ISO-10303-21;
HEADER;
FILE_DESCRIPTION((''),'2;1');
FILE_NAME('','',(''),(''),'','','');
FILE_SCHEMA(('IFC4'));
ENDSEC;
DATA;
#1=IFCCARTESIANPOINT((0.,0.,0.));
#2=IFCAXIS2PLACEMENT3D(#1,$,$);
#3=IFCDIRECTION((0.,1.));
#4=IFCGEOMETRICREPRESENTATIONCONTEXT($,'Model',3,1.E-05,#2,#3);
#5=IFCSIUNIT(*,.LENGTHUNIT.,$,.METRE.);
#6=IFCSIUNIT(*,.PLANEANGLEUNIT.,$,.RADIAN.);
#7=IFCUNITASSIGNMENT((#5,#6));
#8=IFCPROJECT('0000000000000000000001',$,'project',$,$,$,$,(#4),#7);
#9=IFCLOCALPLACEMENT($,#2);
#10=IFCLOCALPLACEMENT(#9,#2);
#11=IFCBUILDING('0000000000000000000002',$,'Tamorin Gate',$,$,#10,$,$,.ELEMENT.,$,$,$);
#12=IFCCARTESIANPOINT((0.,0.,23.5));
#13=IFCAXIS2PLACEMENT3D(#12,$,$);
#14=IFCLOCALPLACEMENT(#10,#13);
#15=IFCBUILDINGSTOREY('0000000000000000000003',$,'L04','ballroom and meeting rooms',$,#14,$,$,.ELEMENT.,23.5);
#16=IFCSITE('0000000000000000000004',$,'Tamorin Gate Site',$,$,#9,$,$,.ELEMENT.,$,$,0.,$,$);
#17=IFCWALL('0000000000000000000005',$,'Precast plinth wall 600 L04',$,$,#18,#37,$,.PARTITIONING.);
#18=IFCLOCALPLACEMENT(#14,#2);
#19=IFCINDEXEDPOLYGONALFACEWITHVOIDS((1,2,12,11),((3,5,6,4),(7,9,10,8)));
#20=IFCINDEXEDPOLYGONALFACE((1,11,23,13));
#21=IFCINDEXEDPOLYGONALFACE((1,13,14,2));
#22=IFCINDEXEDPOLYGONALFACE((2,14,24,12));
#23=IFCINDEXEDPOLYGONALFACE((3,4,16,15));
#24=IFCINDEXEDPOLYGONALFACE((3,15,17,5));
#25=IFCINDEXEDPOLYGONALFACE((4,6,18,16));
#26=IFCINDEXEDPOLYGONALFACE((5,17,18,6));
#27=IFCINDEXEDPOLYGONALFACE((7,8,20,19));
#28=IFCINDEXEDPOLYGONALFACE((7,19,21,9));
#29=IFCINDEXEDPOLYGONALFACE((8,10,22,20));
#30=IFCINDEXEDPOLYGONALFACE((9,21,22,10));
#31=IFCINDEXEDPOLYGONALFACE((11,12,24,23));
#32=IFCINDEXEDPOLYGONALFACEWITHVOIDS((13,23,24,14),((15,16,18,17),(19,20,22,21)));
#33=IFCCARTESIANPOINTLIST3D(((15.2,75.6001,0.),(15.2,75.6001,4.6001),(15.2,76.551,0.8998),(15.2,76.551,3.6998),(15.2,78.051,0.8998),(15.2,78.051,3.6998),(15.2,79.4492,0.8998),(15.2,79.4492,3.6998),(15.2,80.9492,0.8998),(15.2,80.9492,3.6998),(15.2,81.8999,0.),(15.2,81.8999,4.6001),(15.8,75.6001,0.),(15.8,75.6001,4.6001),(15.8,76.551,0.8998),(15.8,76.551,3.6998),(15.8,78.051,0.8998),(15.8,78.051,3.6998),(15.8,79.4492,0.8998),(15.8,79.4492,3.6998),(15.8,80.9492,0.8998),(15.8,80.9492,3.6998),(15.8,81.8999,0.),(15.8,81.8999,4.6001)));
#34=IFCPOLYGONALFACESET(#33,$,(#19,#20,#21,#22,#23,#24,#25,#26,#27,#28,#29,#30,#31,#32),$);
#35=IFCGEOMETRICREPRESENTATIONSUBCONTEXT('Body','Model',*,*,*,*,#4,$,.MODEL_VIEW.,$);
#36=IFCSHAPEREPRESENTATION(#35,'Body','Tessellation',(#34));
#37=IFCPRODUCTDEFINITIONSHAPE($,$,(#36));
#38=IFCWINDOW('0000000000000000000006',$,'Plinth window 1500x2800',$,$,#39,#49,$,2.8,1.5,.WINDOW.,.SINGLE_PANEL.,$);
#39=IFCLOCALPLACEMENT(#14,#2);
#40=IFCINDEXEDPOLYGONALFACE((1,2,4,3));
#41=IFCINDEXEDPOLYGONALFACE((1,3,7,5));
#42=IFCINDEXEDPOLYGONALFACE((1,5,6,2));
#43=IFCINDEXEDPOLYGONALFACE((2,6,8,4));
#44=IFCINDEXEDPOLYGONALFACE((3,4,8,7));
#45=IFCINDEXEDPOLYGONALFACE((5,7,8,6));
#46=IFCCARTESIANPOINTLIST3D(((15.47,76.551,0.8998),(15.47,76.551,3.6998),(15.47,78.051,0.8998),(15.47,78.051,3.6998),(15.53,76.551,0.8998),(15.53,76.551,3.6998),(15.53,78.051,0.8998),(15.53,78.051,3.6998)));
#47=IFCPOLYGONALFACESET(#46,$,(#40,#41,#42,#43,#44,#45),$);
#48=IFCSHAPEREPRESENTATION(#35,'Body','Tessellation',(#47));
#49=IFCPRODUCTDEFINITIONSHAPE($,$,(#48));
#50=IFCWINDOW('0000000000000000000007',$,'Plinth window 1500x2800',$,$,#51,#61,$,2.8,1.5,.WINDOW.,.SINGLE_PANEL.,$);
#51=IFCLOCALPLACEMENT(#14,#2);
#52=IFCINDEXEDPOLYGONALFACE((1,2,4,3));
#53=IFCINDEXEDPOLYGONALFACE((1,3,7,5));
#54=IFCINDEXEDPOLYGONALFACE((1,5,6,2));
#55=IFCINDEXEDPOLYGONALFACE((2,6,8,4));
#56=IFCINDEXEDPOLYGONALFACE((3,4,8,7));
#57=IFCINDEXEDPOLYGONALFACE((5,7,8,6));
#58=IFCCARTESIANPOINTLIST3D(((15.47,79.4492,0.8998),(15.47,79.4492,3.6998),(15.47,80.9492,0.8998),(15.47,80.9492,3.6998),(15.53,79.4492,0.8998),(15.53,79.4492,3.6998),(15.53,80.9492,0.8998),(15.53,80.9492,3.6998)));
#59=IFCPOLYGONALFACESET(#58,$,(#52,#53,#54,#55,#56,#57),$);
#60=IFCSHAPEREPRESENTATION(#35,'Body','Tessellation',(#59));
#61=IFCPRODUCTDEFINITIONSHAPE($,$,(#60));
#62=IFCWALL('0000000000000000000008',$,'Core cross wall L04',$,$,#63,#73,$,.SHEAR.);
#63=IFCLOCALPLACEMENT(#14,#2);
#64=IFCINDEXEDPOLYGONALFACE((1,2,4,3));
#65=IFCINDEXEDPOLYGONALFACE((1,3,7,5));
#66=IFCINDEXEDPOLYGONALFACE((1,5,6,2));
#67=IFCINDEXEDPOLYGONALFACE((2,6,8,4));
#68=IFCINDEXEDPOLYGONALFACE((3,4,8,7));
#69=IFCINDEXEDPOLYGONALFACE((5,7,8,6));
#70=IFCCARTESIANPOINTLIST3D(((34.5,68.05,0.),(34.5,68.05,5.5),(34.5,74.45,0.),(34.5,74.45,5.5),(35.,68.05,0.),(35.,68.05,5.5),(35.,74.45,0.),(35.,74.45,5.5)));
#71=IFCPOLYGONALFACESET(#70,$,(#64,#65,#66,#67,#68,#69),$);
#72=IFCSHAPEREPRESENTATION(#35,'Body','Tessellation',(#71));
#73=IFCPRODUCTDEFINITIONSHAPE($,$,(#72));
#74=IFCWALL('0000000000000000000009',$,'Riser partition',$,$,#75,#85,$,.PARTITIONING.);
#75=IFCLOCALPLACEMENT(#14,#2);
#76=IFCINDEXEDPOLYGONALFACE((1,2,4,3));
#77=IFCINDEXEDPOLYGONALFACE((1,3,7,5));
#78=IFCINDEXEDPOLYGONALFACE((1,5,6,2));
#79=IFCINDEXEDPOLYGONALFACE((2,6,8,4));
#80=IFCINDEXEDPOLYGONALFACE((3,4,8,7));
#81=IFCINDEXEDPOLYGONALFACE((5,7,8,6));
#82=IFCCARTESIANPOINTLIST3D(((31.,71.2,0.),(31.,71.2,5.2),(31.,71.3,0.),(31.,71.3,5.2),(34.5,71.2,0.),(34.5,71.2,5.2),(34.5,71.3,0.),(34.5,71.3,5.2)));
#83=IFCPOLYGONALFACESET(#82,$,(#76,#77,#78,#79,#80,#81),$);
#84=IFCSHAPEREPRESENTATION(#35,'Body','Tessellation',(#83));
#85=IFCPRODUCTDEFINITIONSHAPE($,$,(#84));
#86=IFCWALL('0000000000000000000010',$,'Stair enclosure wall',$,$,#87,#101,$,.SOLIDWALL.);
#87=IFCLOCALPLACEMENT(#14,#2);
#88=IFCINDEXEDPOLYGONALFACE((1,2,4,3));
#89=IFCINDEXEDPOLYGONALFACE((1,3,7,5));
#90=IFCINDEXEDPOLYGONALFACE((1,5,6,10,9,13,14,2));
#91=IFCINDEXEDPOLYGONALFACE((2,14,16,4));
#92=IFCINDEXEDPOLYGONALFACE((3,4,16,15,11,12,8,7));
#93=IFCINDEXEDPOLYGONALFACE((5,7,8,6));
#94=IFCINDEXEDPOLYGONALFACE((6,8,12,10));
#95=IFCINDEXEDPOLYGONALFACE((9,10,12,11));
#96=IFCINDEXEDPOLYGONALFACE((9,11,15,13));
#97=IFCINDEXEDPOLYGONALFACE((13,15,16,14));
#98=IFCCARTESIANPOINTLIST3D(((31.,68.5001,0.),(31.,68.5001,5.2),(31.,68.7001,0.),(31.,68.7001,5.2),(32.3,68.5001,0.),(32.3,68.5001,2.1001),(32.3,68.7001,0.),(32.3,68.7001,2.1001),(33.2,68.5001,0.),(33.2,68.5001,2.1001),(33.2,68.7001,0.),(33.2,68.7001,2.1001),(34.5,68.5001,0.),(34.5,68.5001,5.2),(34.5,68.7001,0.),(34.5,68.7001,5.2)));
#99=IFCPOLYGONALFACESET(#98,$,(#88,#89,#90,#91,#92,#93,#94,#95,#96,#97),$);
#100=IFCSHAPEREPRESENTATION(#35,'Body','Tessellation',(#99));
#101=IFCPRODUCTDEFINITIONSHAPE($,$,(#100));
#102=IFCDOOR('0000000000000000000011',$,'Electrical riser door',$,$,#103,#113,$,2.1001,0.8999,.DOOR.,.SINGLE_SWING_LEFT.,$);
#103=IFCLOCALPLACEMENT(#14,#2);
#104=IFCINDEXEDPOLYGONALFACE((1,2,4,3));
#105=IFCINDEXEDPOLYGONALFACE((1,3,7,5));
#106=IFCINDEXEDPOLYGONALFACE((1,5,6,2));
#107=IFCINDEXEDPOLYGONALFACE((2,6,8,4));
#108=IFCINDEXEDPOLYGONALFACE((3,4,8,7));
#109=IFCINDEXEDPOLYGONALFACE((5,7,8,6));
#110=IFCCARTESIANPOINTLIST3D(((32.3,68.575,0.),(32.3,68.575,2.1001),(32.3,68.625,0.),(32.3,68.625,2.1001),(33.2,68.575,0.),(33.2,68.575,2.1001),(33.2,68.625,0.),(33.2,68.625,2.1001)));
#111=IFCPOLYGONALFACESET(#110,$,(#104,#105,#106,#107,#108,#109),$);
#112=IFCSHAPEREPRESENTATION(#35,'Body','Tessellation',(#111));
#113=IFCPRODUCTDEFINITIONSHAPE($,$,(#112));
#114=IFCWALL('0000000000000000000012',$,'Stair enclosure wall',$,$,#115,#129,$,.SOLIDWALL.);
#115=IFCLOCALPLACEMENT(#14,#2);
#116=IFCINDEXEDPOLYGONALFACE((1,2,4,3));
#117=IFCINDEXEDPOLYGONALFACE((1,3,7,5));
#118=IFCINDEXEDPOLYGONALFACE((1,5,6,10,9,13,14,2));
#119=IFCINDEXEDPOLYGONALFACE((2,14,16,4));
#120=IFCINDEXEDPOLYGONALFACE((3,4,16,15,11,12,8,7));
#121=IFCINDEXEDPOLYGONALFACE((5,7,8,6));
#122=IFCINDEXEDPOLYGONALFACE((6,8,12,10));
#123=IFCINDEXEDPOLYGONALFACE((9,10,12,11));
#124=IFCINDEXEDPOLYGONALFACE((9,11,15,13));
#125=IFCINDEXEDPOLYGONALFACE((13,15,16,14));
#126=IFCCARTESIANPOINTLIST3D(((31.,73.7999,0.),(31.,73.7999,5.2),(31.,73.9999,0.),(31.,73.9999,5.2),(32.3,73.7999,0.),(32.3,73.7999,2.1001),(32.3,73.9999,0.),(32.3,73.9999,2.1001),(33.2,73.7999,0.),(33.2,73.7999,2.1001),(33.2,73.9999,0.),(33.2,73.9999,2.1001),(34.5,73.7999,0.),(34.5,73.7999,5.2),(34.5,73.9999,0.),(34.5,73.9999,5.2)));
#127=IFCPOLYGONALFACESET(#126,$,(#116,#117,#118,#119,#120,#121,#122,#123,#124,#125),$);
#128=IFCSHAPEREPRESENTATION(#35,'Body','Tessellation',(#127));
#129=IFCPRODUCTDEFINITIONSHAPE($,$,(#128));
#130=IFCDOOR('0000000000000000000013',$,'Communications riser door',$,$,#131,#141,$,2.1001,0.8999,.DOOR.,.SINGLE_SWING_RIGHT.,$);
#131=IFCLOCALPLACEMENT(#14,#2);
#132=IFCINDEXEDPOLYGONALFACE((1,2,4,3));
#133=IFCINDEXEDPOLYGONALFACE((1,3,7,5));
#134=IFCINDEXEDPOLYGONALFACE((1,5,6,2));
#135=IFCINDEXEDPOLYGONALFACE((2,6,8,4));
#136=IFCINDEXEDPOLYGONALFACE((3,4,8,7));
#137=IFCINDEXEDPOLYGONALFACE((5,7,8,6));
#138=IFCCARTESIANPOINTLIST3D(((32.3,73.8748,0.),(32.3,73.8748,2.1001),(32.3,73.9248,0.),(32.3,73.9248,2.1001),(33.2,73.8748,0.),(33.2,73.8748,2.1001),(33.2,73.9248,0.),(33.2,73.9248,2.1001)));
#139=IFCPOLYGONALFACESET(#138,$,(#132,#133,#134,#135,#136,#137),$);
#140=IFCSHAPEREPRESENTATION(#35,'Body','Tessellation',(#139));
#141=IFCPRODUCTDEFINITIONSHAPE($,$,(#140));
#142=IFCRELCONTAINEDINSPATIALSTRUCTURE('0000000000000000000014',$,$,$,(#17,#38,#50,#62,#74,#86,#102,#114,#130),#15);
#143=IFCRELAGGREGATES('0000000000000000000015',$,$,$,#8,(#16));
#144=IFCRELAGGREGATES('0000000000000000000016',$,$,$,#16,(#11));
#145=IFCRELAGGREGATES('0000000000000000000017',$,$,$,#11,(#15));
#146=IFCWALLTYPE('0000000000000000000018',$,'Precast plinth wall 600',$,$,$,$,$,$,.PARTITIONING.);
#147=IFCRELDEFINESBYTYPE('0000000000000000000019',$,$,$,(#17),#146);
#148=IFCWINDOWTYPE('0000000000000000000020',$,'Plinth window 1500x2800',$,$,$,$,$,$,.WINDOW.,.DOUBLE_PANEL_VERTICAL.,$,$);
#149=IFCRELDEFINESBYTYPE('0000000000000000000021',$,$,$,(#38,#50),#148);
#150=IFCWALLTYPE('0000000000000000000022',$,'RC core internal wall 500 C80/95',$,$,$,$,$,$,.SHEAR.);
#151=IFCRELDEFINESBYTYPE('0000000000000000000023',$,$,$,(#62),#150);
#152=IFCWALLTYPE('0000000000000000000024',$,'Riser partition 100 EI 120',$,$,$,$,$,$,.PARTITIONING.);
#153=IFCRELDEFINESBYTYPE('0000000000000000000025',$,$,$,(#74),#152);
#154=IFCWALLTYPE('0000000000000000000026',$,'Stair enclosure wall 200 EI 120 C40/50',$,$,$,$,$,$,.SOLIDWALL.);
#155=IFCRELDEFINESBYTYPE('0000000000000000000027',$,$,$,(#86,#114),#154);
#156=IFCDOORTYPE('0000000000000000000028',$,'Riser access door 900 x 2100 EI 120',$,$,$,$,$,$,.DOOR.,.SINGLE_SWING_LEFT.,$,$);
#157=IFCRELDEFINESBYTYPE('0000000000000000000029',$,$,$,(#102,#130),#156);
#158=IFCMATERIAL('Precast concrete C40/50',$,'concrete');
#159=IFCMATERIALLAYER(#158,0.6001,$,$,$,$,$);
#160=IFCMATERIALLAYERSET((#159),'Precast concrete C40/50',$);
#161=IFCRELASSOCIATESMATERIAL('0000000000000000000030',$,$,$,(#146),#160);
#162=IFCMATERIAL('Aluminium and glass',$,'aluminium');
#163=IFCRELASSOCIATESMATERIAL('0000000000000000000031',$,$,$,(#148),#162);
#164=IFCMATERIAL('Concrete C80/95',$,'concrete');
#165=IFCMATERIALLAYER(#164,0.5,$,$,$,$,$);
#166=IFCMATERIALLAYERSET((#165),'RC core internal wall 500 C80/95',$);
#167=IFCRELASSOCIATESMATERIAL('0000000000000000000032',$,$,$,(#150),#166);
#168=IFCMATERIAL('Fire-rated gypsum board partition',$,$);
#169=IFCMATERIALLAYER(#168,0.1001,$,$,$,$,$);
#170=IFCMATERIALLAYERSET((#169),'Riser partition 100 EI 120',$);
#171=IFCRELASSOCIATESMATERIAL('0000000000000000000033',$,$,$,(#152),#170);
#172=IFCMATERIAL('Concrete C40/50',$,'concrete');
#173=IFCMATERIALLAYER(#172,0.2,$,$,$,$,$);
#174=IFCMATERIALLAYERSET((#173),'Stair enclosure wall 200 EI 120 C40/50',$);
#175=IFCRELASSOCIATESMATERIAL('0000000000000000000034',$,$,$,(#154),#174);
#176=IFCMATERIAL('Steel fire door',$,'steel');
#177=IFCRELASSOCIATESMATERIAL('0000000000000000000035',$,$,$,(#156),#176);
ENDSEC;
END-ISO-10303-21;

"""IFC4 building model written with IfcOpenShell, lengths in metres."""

from ifc_helpers import new_model, si_unit, direction, frame, frame_2d, origin, place, context, subcontext, project, spatial, rectangle, extrude, material, layer, layer_set, type_object, element, fill, save


model = new_model("IFC4")

# Units and contexts
model_context = context("Model", 3, precision=1e-05, world=origin(), true_north=direction((0.0, 1.0)))
body_context = subcontext(model_context, "Body", "Model", "MODEL_VIEW")
ifc_project = project(units=[si_unit("LENGTHUNIT", "METRE"), si_unit("PLANEANGLEUNIT", "RADIAN")], contexts=[model_context])

# Site, building, storey
site_placement = place(None, origin())
site = spatial("IfcSite", under=ifc_project, at=site_placement, Name="Tamorin Gate Site", CompositionType="ELEMENT", RefElevation=0.0)
building_placement = place(site_placement, origin())
building = spatial("IfcBuilding", under=site, at=building_placement, Name="Tamorin Gate", CompositionType="ELEMENT")
storey_placement = place(building_placement, frame((0.0, 0.0, 23.5)))
storey = spatial("IfcBuildingStorey", under=building, at=storey_placement, Name="L04", Description="ballroom and meeting rooms", CompositionType="ELEMENT", Elevation=23.5)

# Shared definitions
ifc_material_1 = material(Name="Concrete C80/95", Category="concrete")

# Wall, openings, windows
ifc_material_2 = material(Name="Precast concrete C40/50", Category="concrete")
ifc_layer_1 = layer(ifc_material_2, 0.6001)
ifc_layer_set_1 = layer_set([ifc_layer_1], Name="Precast concrete C40/50")
wall_type_1 = type_object("IfcWallType", Name="Precast plinth wall 600", PredefinedType="PARTITIONING", material=ifc_layer_set_1)
ifc_material_3 = material(Name="Aluminium and glass", Category="aluminium")
window_type = type_object("IfcWindowType", Name="Plinth window 1500x2800", PartitioningType="DOUBLE_PANEL_VERTICAL", PredefinedType="WINDOW", material=ifc_material_3)
wall_1_placement = place(storey_placement, frame((15.5, 75.6001, 0.0), z_axis=(0.0, 0.0, 1.0), x_axis=(0.0, 1.0, 0.0)))
wall_1 = element("IfcWall", 1, at=wall_1_placement, inside=storey, type_object=wall_type_1, Name="Precast plinth wall 600 L04", PredefinedType="PARTITIONING", context=body_context, shape_type="SweptSolid", body=[
    extrude(rectangle(XDim=6.2998, YDim=0.6001, at=frame_2d((3.1499, 0.0))), origin(), (0.0, 0.0, 1.0), 4.6001),
])
opening_1_placement = place(wall_1_placement, frame((0.9509, 0.0, 0.8999)))
opening_1 = element("IfcOpeningElement", 2, at=opening_1_placement, cuts=wall_1, PredefinedType="OPENING", context=body_context, shape_type="SweptSolid", body=[
    extrude(rectangle(XDim=1.5, YDim=2.8, at=frame_2d((0.75, 1.3999))), frame((0.0, 0.3101, 0.0), z_axis=(0.0, -1.0, 0.0), x_axis=(1.0, 0.0, 0.0)), (0.0, 0.0, 1.0), 0.6201),
])
opening_2_placement = place(wall_1_placement, frame((3.8491, 0.0, 0.8999)))
opening_2 = element("IfcOpeningElement", 3, at=opening_2_placement, cuts=wall_1, PredefinedType="OPENING", context=body_context, shape_type="SweptSolid", body=[
    extrude(rectangle(XDim=1.5, YDim=2.8, at=frame_2d((0.75, 1.3999))), frame((0.0, 0.3101, 0.0), z_axis=(0.0, -1.0, 0.0), x_axis=(1.0, 0.0, 0.0)), (0.0, 0.0, 1.0), 0.6201),
])
window_1_placement = place(opening_1_placement, origin())
window_1 = element("IfcWindow", 4, at=window_1_placement, inside=storey, type_object=window_type, Name="Plinth window 1500x2800", OverallHeight=2.8, OverallWidth=1.5, PartitioningType="SINGLE_PANEL", PredefinedType="WINDOW", context=body_context, shape_type="SweptSolid", body=[
    extrude(rectangle(XDim=1.5, YDim=2.8, at=frame_2d((0.75, 1.3999))), frame((0.0, 0.03, 0.0), z_axis=(0.0, -1.0, 0.0), x_axis=(1.0, 0.0, 0.0)), (0.0, 0.0, 1.0), 0.0601),
])
fill(opening_1, window_1)
window_2_placement = place(opening_2_placement, origin())
window_2 = element("IfcWindow", 5, at=window_2_placement, inside=storey, type_object=window_type, Name="Plinth window 1500x2800", OverallHeight=2.8, OverallWidth=1.5, PartitioningType="SINGLE_PANEL", PredefinedType="WINDOW", context=body_context, shape_type="SweptSolid", body=[
    extrude(rectangle(XDim=1.5, YDim=2.8, at=frame_2d((0.75, 1.3999))), frame((0.0, 0.03, 0.0), z_axis=(0.0, -1.0, 0.0), x_axis=(1.0, 0.0, 0.0)), (0.0, 0.0, 1.0), 0.0601),
])
fill(opening_2, window_2)

# Walls
ifc_layer_2 = layer(ifc_material_1, 0.5)
ifc_layer_set_2 = layer_set([ifc_layer_2], Name="RC core internal wall 500 C80/95")
wall_type_2 = type_object("IfcWallType", Name="RC core internal wall 500 C80/95", PredefinedType="SHEAR", material=ifc_layer_set_2)
wall_2_placement = place(storey_placement, frame((34.75, 68.05, 0.0), z_axis=(0.0, 0.0, 1.0), x_axis=(0.0, 1.0, 0.0)))
element("IfcWall", 6, at=wall_2_placement, inside=storey, type_object=wall_type_2, Name="Core cross wall L04", PredefinedType="SHEAR", context=body_context, shape_type="SweptSolid", body=[
    extrude(rectangle(XDim=6.3999, YDim=0.5, at=frame_2d((3.2, 0.0))), origin(), (0.0, 0.0, 1.0), 5.5),
])
ifc_material_4 = material(Name="Fire-rated gypsum board partition")
ifc_layer_3 = layer(ifc_material_4, 0.1001)
ifc_layer_set_3 = layer_set([ifc_layer_3], Name="Riser partition 100 EI 120")
wall_type_3 = type_object("IfcWallType", Name="Riser partition 100 EI 120", PredefinedType="PARTITIONING", material=ifc_layer_set_3)
wall_3_placement = place(storey_placement, frame((31.0, 71.25, 0.0), z_axis=(0.0, 0.0, 1.0), x_axis=(1.0, 0.0, 0.0)))
element("IfcWall", 7, at=wall_3_placement, inside=storey, type_object=wall_type_3, Name="Riser partition", PredefinedType="PARTITIONING", context=body_context, shape_type="SweptSolid", body=[
    extrude(rectangle(XDim=3.5, YDim=0.1001, at=frame_2d((1.75, 0.0))), origin(), (0.0, 0.0, 1.0), 5.2),
])

# Walls, openings, doors
ifc_material_5 = material(Name="Concrete C40/50", Category="concrete")
ifc_layer_4 = layer(ifc_material_5, 0.2)
ifc_layer_set_4 = layer_set([ifc_layer_4], Name="Stair enclosure wall 200 EI 120 C40/50")
wall_type_4 = type_object("IfcWallType", Name="Stair enclosure wall 200 EI 120 C40/50", PredefinedType="SOLIDWALL", material=ifc_layer_set_4)
wall_4_placement = place(storey_placement, frame((31.0, 68.6001, 0.0), z_axis=(0.0, 0.0, 1.0), x_axis=(1.0, 0.0, 0.0)))
wall_4 = element("IfcWall", 8, at=wall_4_placement, inside=storey, type_object=wall_type_4, Name="Stair enclosure wall", PredefinedType="SOLIDWALL", context=body_context, shape_type="SweptSolid", body=[
    extrude(rectangle(XDim=3.5, YDim=0.2, at=frame_2d((1.75, 0.0))), origin(), (0.0, 0.0, 1.0), 5.2),
])
opening_3_placement = place(wall_4_placement, frame((1.3, 0.0, 0.0)))
opening_3 = element("IfcOpeningElement", 9, at=opening_3_placement, cuts=wall_4, PredefinedType="OPENING", context=body_context, shape_type="SweptSolid", body=[
    extrude(rectangle(XDim=0.8999, YDim=2.1001, at=frame_2d((0.45, 1.05))), frame((0.0, 0.1099, 0.0), z_axis=(0.0, -1.0, 0.0), x_axis=(1.0, 0.0, 0.0)), (0.0, 0.0, 1.0), 0.22),
])
ifc_material_6 = material(Name="Steel fire door", Category="steel")
door_type_1 = type_object("IfcDoorType", Name="Riser access door 900 x 2100 EI 120", OperationType="SINGLE_SWING_LEFT", PredefinedType="DOOR", material=ifc_material_6)
door_1_placement = place(opening_3_placement, origin())
door_1 = element("IfcDoor", 10, at=door_1_placement, inside=storey, type_object=door_type_1, Name="Electrical riser door", OperationType="SINGLE_SWING_LEFT", OverallHeight=2.1001, OverallWidth=0.8999, PredefinedType="DOOR", context=body_context, shape_type="SweptSolid", body=[
    extrude(rectangle(XDim=0.8999, YDim=2.1001, at=frame_2d((0.45, 1.05))), frame((0.0, 0.0249, 0.0), z_axis=(0.0, -1.0, 0.0), x_axis=(1.0, 0.0, 0.0)), (0.0, 0.0, 1.0), 0.05),
])
fill(opening_3, door_1)
wall_5_placement = place(storey_placement, frame((31.0, 73.8999, 0.0), z_axis=(0.0, 0.0, 1.0), x_axis=(1.0, 0.0, 0.0)))
wall_5 = element("IfcWall", 11, at=wall_5_placement, inside=storey, type_object=wall_type_4, Name="Stair enclosure wall", PredefinedType="SOLIDWALL", context=body_context, shape_type="SweptSolid", body=[
    extrude(rectangle(XDim=3.5, YDim=0.2, at=frame_2d((1.75, 0.0))), origin(), (0.0, 0.0, 1.0), 5.2),
])
opening_4_placement = place(wall_5_placement, frame((1.3, 0.0, 0.0)))
opening_4 = element("IfcOpeningElement", 12, at=opening_4_placement, cuts=wall_5, PredefinedType="OPENING", context=body_context, shape_type="SweptSolid", body=[
    extrude(rectangle(XDim=0.8999, YDim=2.1001, at=frame_2d((0.45, 1.05))), frame((0.0, 0.1099, 0.0), z_axis=(0.0, -1.0, 0.0), x_axis=(1.0, 0.0, 0.0)), (0.0, 0.0, 1.0), 0.22),
])
door_2_placement = place(opening_4_placement, origin())
door_2 = element("IfcDoor", 13, at=door_2_placement, inside=storey, type_object=door_type_1, Name="Communications riser door", OperationType="SINGLE_SWING_RIGHT", OverallHeight=2.1001, OverallWidth=0.8999, PredefinedType="DOOR", context=body_context, shape_type="SweptSolid", body=[
    extrude(rectangle(XDim=0.8999, YDim=2.1001, at=frame_2d((0.45, 1.05))), frame((0.0, 0.0249, 0.0), z_axis=(0.0, -1.0, 0.0), x_axis=(1.0, 0.0, 0.0)), (0.0, 0.0, 1.0), 0.05),
])
fill(opening_4, door_2)

save(model, "model.ifc")
